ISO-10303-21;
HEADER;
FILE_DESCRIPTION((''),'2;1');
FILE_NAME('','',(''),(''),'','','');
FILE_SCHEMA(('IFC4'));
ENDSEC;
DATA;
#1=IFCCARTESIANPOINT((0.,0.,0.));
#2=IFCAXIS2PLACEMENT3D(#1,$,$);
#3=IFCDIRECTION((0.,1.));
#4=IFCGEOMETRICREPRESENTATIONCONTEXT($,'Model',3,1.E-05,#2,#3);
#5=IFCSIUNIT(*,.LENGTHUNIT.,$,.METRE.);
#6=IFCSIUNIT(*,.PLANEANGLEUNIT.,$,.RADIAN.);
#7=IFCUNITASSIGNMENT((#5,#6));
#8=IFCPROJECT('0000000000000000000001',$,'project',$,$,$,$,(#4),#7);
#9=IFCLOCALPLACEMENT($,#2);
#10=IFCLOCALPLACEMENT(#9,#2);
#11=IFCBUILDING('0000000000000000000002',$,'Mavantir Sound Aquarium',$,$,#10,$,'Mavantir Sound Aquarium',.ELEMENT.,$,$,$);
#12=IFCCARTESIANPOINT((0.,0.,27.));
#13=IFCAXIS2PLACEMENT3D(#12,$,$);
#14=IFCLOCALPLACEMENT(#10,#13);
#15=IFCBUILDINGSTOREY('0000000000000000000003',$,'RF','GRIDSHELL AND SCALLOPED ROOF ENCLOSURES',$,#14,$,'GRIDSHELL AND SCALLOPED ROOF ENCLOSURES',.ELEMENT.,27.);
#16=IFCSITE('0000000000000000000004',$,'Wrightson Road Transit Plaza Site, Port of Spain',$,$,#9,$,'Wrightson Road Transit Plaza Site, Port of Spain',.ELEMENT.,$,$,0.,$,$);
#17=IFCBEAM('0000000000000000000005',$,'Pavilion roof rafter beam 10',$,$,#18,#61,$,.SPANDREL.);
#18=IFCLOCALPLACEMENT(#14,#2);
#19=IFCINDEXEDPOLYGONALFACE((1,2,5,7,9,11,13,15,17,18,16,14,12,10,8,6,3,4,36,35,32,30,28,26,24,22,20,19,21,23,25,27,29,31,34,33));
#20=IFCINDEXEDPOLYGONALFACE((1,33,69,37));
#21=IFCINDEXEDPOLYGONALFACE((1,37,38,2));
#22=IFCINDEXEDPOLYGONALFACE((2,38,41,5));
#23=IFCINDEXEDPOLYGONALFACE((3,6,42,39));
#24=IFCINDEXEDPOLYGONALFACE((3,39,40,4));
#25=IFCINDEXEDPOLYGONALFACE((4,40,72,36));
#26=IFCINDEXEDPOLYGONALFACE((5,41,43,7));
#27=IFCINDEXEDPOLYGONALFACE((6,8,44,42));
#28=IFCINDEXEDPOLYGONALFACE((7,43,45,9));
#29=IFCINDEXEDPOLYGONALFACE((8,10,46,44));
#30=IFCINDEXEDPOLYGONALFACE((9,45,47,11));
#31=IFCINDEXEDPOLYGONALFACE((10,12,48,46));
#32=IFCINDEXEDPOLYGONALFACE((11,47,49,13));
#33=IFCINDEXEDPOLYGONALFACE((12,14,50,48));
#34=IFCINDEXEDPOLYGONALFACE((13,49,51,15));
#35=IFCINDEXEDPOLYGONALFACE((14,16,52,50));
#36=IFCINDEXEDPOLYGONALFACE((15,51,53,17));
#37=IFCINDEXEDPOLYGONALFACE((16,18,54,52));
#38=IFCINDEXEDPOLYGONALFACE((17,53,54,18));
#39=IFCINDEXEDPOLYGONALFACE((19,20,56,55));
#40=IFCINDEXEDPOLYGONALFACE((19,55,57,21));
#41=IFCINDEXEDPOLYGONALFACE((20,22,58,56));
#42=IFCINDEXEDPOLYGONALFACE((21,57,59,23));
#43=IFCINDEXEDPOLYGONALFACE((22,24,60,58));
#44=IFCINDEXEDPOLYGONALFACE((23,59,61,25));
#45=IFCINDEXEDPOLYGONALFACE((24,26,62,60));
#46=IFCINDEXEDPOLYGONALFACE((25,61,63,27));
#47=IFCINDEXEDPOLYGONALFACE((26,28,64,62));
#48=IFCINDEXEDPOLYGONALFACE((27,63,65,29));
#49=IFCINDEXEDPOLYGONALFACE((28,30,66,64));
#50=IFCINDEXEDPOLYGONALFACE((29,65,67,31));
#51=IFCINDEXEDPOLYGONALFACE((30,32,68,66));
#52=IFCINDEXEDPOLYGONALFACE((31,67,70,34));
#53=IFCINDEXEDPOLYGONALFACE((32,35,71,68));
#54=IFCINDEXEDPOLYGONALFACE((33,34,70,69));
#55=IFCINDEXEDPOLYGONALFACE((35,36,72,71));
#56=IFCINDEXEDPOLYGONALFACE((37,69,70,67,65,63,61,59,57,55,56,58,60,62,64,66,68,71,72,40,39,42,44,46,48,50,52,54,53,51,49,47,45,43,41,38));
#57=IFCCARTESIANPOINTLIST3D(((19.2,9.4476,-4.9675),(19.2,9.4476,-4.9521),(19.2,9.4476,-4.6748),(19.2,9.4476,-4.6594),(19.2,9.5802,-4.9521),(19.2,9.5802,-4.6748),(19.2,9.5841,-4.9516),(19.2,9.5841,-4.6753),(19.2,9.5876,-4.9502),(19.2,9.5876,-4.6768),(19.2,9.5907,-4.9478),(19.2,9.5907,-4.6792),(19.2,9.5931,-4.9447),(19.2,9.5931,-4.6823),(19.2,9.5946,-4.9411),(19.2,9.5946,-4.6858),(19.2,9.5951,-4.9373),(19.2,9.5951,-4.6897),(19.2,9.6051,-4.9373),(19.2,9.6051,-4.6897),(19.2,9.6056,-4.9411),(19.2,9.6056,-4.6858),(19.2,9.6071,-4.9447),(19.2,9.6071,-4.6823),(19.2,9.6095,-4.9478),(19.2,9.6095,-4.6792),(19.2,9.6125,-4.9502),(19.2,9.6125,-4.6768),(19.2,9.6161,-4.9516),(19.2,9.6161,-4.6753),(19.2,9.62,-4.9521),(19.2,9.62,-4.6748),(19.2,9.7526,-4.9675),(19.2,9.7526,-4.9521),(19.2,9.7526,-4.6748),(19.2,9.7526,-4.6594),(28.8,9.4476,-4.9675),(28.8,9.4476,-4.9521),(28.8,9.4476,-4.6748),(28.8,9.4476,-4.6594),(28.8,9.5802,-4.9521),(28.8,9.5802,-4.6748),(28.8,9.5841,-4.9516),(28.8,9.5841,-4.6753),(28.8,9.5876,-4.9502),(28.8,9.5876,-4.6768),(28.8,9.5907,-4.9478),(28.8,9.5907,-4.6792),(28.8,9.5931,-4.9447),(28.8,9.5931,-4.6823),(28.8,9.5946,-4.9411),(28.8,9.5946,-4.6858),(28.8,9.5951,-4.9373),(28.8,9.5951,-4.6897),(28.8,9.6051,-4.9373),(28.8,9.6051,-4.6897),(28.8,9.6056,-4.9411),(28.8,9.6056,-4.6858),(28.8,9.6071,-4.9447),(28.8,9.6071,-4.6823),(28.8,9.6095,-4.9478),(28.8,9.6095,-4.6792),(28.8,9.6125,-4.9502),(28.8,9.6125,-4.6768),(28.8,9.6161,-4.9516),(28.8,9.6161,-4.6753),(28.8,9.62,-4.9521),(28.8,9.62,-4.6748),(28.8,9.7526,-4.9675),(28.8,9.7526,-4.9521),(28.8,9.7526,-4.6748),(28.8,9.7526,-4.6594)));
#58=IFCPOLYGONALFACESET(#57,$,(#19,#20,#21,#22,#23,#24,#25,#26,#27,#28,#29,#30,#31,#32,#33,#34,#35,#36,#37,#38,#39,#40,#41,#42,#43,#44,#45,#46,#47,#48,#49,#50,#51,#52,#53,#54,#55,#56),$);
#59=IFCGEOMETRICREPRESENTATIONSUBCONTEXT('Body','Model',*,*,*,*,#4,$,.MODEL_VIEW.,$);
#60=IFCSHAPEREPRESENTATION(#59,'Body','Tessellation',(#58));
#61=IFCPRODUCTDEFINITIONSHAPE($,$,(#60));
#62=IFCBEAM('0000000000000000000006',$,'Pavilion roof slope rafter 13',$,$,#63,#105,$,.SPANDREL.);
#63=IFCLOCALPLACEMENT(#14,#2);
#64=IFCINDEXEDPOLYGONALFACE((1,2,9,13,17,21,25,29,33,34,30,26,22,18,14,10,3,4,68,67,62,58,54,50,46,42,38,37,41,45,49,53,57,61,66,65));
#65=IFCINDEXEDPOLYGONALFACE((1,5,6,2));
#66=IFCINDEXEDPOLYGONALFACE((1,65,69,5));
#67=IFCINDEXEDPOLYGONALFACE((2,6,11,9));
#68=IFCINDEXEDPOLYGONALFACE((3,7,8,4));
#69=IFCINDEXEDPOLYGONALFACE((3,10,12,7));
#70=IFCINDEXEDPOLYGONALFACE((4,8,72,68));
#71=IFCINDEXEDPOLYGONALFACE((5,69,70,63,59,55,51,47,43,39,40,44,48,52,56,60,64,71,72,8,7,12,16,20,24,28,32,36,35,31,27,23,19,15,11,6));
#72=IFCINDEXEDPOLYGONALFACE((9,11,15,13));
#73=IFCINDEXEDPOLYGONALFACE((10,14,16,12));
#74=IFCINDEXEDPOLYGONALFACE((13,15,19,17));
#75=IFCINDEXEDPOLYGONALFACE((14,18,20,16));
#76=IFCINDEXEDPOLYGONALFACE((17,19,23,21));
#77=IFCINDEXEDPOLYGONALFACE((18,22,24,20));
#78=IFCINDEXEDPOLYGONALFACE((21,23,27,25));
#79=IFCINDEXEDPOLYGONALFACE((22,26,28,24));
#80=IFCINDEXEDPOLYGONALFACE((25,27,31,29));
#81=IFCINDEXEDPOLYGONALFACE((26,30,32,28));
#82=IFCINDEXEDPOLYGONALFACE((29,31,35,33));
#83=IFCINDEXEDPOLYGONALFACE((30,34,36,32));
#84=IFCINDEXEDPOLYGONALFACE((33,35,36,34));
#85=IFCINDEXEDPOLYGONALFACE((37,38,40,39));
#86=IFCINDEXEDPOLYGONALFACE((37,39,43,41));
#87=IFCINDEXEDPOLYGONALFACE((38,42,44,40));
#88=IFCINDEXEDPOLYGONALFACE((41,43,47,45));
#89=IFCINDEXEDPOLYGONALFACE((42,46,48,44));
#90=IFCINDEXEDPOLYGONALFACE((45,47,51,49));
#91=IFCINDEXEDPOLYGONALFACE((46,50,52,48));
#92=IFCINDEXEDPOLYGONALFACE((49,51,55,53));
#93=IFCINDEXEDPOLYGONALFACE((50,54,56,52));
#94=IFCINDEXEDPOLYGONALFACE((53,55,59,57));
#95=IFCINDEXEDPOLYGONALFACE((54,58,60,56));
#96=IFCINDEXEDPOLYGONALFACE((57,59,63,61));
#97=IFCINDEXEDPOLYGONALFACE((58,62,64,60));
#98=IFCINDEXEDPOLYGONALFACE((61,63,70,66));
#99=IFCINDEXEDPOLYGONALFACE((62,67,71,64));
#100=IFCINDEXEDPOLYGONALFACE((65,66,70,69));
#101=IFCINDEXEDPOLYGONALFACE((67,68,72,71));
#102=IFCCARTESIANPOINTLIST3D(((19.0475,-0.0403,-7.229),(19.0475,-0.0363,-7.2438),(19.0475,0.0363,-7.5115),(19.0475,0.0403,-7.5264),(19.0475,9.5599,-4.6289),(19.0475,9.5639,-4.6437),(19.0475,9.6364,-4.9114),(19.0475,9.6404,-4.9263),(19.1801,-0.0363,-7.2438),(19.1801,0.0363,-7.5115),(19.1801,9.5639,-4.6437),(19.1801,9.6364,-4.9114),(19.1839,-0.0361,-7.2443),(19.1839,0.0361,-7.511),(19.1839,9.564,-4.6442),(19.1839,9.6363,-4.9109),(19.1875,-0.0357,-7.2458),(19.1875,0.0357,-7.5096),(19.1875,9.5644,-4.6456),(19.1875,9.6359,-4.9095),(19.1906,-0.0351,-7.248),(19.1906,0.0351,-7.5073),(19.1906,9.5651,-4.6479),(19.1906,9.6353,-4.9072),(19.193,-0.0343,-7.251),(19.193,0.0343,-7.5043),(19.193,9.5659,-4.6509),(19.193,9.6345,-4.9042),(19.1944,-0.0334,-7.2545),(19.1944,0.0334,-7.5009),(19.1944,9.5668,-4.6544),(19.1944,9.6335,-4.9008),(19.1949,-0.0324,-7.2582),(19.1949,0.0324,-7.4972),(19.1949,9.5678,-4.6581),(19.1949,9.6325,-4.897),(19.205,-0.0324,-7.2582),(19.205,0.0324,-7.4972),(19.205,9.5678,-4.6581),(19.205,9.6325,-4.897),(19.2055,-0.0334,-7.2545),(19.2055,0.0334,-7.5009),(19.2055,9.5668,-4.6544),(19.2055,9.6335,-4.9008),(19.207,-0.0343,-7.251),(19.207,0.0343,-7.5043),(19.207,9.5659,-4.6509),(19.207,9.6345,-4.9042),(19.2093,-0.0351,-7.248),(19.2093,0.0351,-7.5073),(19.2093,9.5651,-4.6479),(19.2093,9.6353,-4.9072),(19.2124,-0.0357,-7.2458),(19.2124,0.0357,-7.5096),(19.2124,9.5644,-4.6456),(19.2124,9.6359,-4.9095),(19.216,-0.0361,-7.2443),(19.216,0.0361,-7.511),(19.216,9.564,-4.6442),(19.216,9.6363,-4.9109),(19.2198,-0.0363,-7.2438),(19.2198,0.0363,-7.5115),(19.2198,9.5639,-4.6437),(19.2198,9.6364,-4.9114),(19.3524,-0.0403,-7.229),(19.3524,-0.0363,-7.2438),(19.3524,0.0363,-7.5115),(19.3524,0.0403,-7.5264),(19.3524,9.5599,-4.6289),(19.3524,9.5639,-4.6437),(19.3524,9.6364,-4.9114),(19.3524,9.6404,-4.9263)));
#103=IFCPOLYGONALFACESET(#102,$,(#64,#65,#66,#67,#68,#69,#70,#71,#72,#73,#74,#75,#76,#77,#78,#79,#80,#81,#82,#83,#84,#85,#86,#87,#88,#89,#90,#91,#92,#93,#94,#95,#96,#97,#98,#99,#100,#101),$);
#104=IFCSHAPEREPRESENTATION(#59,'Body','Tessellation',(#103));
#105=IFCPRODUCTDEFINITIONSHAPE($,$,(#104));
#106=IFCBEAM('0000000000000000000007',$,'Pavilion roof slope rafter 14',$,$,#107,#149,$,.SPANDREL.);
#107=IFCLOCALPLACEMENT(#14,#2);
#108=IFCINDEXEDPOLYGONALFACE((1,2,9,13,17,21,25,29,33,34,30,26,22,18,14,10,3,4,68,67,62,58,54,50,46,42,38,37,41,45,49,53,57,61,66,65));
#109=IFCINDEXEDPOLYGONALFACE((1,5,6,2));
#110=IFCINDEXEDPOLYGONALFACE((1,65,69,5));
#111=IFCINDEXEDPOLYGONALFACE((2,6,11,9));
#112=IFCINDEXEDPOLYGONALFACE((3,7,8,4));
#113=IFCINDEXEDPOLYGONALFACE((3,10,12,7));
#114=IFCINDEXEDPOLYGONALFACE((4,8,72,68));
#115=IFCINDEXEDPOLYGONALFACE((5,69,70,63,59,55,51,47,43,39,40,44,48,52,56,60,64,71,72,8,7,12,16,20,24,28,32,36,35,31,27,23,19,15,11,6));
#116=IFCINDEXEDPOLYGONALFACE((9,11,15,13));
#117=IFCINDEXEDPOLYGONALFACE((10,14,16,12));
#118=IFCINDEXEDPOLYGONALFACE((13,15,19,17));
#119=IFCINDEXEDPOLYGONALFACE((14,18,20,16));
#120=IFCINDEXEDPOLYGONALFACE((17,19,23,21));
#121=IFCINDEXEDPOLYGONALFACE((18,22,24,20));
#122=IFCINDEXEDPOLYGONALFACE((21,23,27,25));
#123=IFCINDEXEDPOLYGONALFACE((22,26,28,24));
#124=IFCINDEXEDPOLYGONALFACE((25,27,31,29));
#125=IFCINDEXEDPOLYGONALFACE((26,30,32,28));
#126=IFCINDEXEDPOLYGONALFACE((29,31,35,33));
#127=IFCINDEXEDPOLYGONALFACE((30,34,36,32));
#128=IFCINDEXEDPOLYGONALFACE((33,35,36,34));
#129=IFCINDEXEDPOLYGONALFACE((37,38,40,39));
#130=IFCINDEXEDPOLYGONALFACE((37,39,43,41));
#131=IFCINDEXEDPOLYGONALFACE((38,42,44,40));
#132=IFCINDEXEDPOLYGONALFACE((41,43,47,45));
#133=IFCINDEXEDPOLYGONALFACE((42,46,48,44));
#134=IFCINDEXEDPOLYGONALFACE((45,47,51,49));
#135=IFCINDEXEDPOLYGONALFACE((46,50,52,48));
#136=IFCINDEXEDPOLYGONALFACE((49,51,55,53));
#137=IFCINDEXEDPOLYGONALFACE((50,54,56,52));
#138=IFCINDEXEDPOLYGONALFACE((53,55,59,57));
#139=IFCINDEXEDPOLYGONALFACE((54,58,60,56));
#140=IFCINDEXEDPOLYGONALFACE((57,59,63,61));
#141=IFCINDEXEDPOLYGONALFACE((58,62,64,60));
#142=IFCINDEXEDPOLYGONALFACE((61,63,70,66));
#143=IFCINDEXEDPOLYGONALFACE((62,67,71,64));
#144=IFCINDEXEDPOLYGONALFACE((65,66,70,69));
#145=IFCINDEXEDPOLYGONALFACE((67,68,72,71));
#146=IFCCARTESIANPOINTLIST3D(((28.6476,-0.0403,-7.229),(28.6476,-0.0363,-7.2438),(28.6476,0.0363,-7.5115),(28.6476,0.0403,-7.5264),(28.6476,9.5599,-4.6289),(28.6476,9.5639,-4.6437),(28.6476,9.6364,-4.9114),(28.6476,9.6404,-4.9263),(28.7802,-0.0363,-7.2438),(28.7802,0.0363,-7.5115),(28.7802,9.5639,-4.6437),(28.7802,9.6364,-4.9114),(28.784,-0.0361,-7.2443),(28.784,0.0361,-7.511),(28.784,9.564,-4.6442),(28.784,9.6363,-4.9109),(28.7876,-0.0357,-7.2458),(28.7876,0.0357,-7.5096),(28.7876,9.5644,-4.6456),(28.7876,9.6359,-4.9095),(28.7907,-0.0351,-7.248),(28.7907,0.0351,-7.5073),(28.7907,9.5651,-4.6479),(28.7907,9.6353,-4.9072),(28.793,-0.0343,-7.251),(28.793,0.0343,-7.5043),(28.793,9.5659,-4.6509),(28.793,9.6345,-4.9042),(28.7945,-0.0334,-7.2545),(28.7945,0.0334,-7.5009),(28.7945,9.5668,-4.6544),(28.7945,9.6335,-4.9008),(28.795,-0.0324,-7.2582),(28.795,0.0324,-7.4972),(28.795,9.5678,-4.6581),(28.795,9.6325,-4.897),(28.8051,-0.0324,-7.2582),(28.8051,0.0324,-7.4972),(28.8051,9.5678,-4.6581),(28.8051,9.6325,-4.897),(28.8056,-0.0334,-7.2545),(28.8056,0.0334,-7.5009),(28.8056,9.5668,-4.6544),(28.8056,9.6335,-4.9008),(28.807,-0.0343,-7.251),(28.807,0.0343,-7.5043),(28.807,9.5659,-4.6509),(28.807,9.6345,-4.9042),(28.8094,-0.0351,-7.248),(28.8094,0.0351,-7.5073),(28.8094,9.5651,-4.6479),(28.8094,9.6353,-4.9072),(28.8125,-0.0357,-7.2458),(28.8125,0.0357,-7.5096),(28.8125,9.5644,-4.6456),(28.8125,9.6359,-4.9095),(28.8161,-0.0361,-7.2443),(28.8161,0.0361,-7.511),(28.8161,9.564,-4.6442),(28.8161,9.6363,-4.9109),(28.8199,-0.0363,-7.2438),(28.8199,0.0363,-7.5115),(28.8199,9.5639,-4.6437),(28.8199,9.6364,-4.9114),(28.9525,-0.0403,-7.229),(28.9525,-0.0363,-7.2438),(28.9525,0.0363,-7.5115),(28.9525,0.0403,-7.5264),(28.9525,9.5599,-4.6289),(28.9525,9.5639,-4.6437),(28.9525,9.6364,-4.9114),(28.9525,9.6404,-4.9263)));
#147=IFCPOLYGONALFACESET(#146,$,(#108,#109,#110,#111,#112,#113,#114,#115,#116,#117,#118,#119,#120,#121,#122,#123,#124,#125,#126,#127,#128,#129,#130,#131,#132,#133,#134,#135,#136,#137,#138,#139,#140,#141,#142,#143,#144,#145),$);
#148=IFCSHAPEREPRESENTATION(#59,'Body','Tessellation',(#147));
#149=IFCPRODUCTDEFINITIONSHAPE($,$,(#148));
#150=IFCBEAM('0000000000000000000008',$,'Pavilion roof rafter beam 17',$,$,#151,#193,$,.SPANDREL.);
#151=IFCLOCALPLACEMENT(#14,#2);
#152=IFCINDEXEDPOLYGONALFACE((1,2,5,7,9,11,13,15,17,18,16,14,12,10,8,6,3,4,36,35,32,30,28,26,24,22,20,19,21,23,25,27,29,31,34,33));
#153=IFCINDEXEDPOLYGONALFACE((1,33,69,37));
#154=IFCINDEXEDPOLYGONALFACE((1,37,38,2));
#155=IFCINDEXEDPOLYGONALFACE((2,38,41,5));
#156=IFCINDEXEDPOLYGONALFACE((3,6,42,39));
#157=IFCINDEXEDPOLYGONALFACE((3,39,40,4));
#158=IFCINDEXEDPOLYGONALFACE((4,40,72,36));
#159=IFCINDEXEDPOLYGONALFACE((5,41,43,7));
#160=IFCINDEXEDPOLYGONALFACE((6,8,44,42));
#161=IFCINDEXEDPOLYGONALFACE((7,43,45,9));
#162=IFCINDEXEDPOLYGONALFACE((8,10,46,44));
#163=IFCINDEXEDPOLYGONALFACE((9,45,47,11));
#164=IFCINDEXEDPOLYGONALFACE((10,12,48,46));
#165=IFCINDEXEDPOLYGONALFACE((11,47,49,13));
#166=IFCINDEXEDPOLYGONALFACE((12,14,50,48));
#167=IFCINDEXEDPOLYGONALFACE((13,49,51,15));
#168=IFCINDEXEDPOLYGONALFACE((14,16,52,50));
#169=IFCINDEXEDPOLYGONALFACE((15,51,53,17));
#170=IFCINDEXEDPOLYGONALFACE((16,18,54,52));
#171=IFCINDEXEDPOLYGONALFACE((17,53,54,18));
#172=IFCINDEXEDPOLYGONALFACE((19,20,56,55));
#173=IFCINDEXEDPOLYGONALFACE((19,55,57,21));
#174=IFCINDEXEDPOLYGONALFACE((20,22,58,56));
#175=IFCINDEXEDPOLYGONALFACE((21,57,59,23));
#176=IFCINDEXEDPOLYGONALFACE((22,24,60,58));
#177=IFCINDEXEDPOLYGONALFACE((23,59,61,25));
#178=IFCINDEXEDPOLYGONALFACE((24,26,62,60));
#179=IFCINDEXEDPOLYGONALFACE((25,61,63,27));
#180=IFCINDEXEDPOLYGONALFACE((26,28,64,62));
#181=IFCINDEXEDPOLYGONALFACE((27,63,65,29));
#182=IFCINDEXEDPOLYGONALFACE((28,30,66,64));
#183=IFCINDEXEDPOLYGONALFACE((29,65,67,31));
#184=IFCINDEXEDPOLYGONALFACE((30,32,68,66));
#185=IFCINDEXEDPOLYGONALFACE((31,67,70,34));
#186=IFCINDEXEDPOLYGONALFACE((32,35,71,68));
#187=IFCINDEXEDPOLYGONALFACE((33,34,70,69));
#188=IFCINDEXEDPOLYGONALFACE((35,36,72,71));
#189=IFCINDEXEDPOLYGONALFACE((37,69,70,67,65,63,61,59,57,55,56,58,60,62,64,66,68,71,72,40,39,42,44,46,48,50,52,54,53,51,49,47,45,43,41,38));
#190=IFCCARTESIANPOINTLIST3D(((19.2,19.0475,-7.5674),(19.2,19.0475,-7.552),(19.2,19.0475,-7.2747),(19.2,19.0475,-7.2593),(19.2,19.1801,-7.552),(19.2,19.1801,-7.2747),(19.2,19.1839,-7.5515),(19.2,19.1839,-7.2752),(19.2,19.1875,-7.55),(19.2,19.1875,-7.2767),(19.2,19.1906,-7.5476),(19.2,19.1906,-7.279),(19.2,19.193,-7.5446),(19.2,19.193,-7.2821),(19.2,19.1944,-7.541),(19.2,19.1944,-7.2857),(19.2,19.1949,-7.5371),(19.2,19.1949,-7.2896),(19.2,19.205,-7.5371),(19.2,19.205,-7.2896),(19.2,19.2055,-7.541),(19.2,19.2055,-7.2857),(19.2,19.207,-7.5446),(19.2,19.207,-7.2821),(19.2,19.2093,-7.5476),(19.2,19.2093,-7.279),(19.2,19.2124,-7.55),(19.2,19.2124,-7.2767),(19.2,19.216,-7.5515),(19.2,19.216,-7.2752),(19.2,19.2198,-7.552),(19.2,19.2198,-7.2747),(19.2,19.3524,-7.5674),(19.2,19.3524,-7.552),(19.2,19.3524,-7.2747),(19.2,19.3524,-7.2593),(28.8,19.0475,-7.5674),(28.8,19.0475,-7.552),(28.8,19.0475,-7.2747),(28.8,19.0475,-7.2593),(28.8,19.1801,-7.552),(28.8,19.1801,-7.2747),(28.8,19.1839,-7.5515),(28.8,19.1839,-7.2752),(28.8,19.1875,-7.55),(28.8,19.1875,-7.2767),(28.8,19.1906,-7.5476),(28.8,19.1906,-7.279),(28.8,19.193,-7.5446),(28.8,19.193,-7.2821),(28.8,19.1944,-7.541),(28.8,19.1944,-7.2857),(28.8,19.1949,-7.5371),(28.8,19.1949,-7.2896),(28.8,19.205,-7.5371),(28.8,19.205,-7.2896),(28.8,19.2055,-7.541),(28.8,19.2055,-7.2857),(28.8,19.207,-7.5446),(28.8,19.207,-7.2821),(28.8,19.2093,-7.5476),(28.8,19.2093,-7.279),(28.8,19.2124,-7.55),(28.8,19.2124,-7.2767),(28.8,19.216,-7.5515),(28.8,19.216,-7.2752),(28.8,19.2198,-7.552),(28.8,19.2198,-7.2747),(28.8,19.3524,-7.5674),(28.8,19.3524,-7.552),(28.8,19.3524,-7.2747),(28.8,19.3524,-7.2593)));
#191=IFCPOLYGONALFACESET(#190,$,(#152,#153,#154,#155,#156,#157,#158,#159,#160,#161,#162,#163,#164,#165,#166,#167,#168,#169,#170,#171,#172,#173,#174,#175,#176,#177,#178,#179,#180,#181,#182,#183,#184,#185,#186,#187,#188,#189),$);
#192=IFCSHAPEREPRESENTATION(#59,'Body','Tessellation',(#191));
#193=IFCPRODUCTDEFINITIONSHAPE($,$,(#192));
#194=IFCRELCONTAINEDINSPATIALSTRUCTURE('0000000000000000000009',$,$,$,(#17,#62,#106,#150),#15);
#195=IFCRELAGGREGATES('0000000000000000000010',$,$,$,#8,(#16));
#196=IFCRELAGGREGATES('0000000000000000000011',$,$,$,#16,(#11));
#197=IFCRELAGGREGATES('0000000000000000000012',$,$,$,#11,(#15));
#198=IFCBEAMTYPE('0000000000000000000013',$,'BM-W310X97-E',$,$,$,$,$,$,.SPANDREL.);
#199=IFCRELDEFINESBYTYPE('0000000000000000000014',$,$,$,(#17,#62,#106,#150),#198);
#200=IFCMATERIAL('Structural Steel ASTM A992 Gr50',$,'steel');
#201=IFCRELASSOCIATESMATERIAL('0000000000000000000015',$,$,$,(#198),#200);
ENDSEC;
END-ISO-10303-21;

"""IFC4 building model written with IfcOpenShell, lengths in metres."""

from ifc_helpers import new_model, si_unit, direction, frame, origin, origin_2d, place, context, subcontext, project, spatial, i_section, extrude, material, material_profile, profile_set, type_object, element, save


model = new_model("IFC4")

# Units and contexts
model_context = context("Model", 3, precision=1e-05, world=origin(), true_north=direction((0.0, 1.0)))
body_context = subcontext(model_context, "Body", "Model", "MODEL_VIEW")
ifc_project = project(units=[si_unit("LENGTHUNIT", "METRE"), si_unit("PLANEANGLEUNIT", "RADIAN")], contexts=[model_context])

# Site, building, storey
site_placement = place(None, origin())
site = spatial("IfcSite", under=ifc_project, at=site_placement, Name="Wrightson Road Transit Plaza Site, Port of Spain", LongName="Wrightson Road Transit Plaza Site, Port of Spain", CompositionType="ELEMENT", RefElevation=0.0)
building_placement = place(site_placement, origin())
building = spatial("IfcBuilding", under=site, at=building_placement, Name="Mavantir Sound Aquarium", LongName="Mavantir Sound Aquarium", CompositionType="ELEMENT")
storey_placement = place(building_placement, frame((0.0, 0.0, 27.0)))
storey = spatial("IfcBuildingStorey", under=building, at=storey_placement, Name="RF", Description="GRIDSHELL AND SCALLOPED ROOF ENCLOSURES", LongName="GRIDSHELL AND SCALLOPED ROOF ENCLOSURES", CompositionType="ELEMENT", Elevation=27.0)

# Beams
ifc_material_1 = material(Name="Structural Steel ASTM A992 Gr50", Category="steel")
ifc_material_profile_1 = material_profile(ifc_material_1, i_section(OverallWidth=0.3049, OverallDepth=0.3081, WebThickness=0.01, FlangeThickness=0.0154, FilletRadius=0.0149, at=origin_2d()), Name="W310X97")
ifc_profile_set_1 = profile_set([ifc_material_profile_1], Name="Structural Steel ASTM A992 Gr50")
beam_type_1 = type_object("IfcBeamType", Name="BM-W310X97-E", PredefinedType="SPANDREL", material=ifc_profile_set_1)
for number, where, z_axis, x_axis, name in (
    (1, (19.2, 9.6001, -4.8135), (1.0, 0.0, 0.0), (0.0, 1.0, 0.0), "Pavilion roof rafter beam 10"),
):
    element("IfcBeam", number, at=place(storey_placement, frame(where, z_axis=z_axis, x_axis=x_axis)), inside=storey, type_object=beam_type_1, Name=name, PredefinedType="SPANDREL", context=body_context, shape_type="SweptSolid", body=[
        extrude(i_section(OverallWidth=0.3049, OverallDepth=0.3081, WebThickness=0.01, FlangeThickness=0.0154, FilletRadius=0.0149, at=origin_2d()), origin(), (0.0, 0.0, 1.0), 9.6001),
    ])
for number, where, z_axis, x_axis, name in (
    (2, (19.2, 0.0, -7.3777), (0.0, 0.965225, 0.261422), (-1.0, 0.0, 0.0), "Pavilion roof slope rafter 13"),
    (3, (28.8, 0.0, -7.3777), (0.0, 0.965225, 0.261422), (-1.0, 0.0, 0.0), "Pavilion roof slope rafter 14"),
):
    element("IfcBeam", number, at=place(storey_placement, frame(where, z_axis=z_axis, x_axis=x_axis)), inside=storey, type_object=beam_type_1, Name=name, PredefinedType="SPANDREL", context=body_context, shape_type="SweptSolid", body=[
        extrude(i_section(OverallWidth=0.3049, OverallDepth=0.3081, WebThickness=0.01, FlangeThickness=0.0154, FilletRadius=0.0149, at=origin_2d()), origin(), (0.0, 0.0, 1.0), 9.946),
    ])
beam_placement = place(storey_placement, frame((19.2, 19.2, -7.4133), z_axis=(1.0, 0.0, 0.0), x_axis=(0.0, 1.0, 0.0)))
element("IfcBeam", 4, at=beam_placement, inside=storey, type_object=beam_type_1, Name="Pavilion roof rafter beam 17", PredefinedType="SPANDREL", context=body_context, shape_type="SweptSolid", body=[
    extrude(i_section(OverallWidth=0.3049, OverallDepth=0.3081, WebThickness=0.01, FlangeThickness=0.0154, FilletRadius=0.0149, at=origin_2d()), origin(), (0.0, 0.0, 1.0), 9.6001),
])

save(model, "model.ifc")
